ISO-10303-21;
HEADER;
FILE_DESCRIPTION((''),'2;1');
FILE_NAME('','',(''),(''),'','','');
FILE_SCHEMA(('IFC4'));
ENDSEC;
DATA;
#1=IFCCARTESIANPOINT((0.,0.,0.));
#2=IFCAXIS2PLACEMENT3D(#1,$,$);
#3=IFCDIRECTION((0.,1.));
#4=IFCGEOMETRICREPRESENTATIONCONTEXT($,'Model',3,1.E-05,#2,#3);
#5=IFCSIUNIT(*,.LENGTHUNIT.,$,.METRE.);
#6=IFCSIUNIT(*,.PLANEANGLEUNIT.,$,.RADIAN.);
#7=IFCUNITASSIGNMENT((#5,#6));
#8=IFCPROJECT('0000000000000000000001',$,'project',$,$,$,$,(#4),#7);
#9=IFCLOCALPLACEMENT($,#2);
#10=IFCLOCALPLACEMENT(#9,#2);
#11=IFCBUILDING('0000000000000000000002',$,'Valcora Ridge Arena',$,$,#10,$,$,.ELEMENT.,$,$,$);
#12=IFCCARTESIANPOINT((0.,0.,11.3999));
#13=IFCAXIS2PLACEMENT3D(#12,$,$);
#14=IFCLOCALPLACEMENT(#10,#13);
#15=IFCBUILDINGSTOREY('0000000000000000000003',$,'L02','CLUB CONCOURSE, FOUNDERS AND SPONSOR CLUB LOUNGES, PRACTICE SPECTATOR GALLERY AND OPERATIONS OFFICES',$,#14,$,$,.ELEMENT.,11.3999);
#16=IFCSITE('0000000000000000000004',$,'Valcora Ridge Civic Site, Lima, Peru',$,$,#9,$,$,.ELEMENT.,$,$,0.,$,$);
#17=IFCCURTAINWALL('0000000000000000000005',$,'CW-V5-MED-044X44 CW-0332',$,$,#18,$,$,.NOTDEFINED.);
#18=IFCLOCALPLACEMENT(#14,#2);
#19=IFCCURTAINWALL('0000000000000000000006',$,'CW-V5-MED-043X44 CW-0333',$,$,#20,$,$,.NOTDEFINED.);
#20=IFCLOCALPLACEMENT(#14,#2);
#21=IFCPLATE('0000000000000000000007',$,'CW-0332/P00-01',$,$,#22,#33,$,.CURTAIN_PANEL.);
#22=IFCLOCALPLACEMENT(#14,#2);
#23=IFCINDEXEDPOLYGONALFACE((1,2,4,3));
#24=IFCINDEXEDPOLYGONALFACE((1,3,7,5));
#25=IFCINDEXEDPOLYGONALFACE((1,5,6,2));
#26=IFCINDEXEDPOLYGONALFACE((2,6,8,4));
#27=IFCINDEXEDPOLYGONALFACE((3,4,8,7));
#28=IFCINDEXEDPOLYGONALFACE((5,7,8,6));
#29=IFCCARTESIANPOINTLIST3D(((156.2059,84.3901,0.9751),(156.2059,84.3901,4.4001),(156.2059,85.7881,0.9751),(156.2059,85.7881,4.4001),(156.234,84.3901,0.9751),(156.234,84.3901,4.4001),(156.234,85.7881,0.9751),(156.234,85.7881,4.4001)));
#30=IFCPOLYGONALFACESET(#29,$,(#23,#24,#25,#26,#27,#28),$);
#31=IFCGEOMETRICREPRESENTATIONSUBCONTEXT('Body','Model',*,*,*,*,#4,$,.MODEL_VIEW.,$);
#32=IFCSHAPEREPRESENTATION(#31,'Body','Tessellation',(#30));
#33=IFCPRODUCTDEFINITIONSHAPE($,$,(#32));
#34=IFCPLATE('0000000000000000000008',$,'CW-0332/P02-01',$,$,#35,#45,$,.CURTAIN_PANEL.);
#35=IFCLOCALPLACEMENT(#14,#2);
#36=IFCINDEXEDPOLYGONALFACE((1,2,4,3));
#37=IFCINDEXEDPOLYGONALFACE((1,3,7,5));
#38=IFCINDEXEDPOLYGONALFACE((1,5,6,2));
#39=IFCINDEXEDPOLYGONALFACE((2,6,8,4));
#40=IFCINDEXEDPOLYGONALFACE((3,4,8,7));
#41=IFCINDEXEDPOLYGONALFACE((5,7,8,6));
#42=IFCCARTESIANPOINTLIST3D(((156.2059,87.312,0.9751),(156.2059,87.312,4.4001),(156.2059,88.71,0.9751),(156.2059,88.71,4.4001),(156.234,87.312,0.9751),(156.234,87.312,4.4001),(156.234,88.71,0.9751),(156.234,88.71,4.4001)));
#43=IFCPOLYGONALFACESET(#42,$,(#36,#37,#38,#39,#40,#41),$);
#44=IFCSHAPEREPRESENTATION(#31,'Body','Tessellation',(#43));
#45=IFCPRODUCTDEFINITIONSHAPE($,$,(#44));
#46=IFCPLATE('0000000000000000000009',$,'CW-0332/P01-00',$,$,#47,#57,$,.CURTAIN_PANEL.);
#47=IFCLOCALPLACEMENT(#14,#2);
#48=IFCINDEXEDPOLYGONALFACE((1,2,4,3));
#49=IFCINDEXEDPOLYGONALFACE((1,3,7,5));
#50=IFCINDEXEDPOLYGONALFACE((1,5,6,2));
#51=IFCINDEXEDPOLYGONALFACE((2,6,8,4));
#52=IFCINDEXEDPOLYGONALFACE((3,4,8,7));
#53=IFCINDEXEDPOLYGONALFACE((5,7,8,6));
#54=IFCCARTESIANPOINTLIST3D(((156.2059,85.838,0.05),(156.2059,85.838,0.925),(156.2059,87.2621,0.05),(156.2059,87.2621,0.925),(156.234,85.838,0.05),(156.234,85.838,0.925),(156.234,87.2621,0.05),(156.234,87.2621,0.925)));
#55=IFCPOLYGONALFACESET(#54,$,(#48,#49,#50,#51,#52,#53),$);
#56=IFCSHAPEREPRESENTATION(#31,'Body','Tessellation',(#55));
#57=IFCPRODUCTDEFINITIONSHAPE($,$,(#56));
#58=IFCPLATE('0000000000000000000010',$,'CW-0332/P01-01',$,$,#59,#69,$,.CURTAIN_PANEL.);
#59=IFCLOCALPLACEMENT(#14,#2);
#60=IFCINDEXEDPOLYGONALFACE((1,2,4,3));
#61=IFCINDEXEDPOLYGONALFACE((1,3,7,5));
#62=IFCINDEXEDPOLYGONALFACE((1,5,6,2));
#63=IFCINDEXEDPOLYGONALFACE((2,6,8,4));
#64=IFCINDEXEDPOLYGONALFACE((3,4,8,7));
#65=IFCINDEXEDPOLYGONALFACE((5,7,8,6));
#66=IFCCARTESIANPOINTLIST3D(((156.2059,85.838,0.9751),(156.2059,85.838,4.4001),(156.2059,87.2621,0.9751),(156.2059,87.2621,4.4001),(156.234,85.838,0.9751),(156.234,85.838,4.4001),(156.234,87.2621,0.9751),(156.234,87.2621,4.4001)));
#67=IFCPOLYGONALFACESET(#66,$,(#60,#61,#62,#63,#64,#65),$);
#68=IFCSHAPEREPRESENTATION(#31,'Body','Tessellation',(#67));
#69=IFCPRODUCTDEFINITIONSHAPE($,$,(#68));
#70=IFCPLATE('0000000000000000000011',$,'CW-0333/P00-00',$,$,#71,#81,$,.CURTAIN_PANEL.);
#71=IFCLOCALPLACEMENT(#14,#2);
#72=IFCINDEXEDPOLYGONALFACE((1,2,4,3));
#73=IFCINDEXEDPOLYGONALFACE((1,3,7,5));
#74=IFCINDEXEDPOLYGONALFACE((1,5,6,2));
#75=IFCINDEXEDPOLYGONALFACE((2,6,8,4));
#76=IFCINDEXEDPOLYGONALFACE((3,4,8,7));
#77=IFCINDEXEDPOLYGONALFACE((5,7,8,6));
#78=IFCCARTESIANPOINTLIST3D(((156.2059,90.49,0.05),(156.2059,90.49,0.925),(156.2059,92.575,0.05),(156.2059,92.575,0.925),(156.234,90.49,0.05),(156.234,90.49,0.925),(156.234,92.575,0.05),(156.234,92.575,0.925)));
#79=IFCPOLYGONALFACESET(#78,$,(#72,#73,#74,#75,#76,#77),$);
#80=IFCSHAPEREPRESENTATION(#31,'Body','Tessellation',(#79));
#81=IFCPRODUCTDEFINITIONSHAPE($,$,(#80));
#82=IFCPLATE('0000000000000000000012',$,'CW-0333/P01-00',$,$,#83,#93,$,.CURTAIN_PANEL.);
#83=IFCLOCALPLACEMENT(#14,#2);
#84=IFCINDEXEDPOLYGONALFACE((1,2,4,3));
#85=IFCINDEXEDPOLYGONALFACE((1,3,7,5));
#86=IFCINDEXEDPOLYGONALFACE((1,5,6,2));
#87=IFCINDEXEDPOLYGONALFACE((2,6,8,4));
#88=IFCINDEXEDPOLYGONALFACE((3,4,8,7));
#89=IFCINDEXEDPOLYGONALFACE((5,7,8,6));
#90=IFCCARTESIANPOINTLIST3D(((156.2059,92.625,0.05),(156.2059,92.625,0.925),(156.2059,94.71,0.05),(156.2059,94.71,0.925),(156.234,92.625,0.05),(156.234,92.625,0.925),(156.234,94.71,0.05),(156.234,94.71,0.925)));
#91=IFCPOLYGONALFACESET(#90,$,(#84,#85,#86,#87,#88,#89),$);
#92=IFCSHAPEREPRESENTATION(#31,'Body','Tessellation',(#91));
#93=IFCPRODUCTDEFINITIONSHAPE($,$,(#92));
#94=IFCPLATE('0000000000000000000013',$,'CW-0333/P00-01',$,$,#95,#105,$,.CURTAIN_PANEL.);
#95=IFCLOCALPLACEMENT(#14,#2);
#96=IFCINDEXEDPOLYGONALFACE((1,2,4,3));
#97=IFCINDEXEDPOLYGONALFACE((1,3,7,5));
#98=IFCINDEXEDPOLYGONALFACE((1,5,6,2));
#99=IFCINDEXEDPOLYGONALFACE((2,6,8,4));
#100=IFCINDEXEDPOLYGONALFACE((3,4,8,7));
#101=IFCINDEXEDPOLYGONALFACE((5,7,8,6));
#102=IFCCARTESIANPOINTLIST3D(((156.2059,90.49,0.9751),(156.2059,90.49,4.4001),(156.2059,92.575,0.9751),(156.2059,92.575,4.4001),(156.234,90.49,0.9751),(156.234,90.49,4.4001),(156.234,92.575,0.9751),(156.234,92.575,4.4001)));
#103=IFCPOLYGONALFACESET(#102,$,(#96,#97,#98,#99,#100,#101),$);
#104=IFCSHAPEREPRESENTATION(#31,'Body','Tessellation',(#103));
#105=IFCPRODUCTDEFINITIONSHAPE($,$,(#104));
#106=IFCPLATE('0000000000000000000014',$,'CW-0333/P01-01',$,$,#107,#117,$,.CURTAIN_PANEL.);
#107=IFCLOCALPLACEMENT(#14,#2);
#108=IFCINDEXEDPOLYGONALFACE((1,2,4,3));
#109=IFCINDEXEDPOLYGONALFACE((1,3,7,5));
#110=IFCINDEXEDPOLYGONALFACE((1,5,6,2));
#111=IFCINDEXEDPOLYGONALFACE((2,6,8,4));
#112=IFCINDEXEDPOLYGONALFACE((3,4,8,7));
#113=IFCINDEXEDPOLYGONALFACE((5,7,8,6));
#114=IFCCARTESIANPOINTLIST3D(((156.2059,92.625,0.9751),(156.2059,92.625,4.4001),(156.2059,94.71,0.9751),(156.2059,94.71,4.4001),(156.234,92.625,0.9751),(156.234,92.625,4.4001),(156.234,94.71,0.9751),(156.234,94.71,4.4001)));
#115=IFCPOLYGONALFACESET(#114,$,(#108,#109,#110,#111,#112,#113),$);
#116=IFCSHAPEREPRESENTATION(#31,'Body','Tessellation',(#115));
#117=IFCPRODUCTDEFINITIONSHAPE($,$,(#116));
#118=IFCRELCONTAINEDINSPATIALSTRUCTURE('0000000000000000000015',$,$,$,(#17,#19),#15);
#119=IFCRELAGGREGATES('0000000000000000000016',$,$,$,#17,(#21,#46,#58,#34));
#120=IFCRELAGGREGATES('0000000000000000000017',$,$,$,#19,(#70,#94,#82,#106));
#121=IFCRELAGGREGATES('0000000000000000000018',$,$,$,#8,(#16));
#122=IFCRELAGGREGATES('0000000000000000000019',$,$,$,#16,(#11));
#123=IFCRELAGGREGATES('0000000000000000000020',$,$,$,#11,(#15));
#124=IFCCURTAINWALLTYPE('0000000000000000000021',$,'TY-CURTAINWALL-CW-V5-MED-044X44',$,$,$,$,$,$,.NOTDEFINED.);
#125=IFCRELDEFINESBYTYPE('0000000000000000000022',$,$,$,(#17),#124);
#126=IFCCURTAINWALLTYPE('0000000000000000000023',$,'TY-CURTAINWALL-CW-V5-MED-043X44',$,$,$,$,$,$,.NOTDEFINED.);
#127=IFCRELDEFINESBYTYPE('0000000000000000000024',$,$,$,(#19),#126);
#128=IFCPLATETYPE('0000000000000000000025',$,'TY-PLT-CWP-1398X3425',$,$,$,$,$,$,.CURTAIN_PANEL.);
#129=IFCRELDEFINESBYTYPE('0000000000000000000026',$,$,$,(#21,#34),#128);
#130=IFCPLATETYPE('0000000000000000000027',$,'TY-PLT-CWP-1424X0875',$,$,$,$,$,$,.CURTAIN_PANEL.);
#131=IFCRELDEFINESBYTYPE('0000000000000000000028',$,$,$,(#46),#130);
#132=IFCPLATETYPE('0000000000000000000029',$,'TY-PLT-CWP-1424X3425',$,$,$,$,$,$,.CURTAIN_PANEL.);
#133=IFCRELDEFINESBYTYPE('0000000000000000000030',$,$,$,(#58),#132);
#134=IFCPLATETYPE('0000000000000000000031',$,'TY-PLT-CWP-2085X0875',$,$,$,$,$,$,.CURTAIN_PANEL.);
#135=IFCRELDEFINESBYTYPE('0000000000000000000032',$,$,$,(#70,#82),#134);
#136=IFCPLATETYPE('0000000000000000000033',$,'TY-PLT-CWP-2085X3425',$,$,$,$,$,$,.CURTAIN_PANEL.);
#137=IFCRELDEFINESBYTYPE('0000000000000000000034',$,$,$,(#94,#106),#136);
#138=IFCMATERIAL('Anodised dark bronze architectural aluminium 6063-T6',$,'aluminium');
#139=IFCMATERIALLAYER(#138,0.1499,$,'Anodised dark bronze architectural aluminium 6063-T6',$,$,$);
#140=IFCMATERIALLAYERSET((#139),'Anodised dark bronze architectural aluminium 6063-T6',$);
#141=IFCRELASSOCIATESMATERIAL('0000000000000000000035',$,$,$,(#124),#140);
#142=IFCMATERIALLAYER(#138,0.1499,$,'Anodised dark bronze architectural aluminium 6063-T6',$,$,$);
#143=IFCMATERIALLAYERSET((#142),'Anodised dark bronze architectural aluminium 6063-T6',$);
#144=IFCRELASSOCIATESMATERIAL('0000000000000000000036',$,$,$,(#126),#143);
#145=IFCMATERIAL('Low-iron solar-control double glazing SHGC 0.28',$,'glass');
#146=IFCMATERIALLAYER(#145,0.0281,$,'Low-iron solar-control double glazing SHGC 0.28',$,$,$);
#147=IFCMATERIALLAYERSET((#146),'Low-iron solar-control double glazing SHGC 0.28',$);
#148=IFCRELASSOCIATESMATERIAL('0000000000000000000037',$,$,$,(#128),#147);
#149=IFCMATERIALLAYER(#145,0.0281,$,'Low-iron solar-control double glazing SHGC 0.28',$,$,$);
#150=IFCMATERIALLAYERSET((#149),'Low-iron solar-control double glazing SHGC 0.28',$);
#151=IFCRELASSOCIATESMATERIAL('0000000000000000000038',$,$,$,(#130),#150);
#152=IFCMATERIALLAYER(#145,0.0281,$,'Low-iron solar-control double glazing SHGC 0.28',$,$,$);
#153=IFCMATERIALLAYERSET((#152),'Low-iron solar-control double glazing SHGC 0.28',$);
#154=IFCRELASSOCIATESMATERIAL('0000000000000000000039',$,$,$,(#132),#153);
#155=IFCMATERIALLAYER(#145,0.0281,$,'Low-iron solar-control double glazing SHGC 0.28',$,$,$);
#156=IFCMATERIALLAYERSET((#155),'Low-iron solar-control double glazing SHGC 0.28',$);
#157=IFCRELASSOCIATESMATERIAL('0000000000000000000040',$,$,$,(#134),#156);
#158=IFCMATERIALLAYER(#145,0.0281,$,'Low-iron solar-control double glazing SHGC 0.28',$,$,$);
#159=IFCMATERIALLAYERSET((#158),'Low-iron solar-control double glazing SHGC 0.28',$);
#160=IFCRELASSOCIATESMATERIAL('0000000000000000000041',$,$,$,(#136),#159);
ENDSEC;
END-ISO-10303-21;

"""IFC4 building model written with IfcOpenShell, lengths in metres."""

from ifc_helpers import new_model, si_unit, direction, frame, origin, origin_2d, place, context, subcontext, project, spatial, rectangle, extrude, material, layer, layer_set, type_object, element, aggregate, save


model = new_model("IFC4")

# Units and contexts
model_context = context("Model", 3, precision=1e-05, world=origin(), true_north=direction((0.0, 1.0)))
body_context = subcontext(model_context, "Body", "Model", "MODEL_VIEW")
ifc_project = project(units=[si_unit("LENGTHUNIT", "METRE"), si_unit("PLANEANGLEUNIT", "RADIAN")], contexts=[model_context])

# Site, building, storey
site_placement = place(None, origin())
site = spatial("IfcSite", under=ifc_project, at=site_placement, Name="Valcora Ridge Civic Site, Lima, Peru", CompositionType="ELEMENT", RefElevation=0.0)
building_placement = place(site_placement, origin())
building = spatial("IfcBuilding", under=site, at=building_placement, Name="Valcora Ridge Arena", CompositionType="ELEMENT")
storey_placement = place(building_placement, frame((0.0, 0.0, 11.3999)))
storey = spatial("IfcBuildingStorey", under=building, at=storey_placement, Name="L02", Description="CLUB CONCOURSE, FOUNDERS AND SPONSOR CLUB LOUNGES, PRACTICE SPECTATOR GALLERY AND OPERATIONS OFFICES", CompositionType="ELEMENT", Elevation=11.3999)

# Curtain walls
ifc_material_1 = material(Name="Anodised dark bronze architectural aluminium 6063-T6", Category="aluminium")
ifc_layer_1 = layer(ifc_material_1, 0.1499, Name="Anodised dark bronze architectural aluminium 6063-T6")
ifc_layer_set_1 = layer_set([ifc_layer_1], Name="Anodised dark bronze architectural aluminium 6063-T6")
curtain_wall_type_1 = type_object("IfcCurtainWallType", Name="TY-CURTAINWALL-CW-V5-MED-044X44", PredefinedType="NOTDEFINED", material=ifc_layer_set_1)
curtain_wall_1_placement = place(storey_placement, origin())
curtain_wall_1 = element("IfcCurtainWall", 1, at=curtain_wall_1_placement, inside=storey, type_object=curtain_wall_type_1, Name="CW-V5-MED-044X44 CW-0332", PredefinedType="NOTDEFINED")
ifc_layer_2 = layer(ifc_material_1, 0.1499, Name="Anodised dark bronze architectural aluminium 6063-T6")
ifc_layer_set_2 = layer_set([ifc_layer_2], Name="Anodised dark bronze architectural aluminium 6063-T6")
curtain_wall_type_2 = type_object("IfcCurtainWallType", Name="TY-CURTAINWALL-CW-V5-MED-043X44", PredefinedType="NOTDEFINED", material=ifc_layer_set_2)
curtain_wall_2_placement = place(storey_placement, origin())
curtain_wall_2 = element("IfcCurtainWall", 2, at=curtain_wall_2_placement, inside=storey, type_object=curtain_wall_type_2, Name="CW-V5-MED-043X44 CW-0333", PredefinedType="NOTDEFINED")

# Plates
ifc_material_2 = material(Name="Low-iron solar-control double glazing SHGC 0.28", Category="glass")
ifc_layer_3 = layer(ifc_material_2, 0.0281, Name="Low-iron solar-control double glazing SHGC 0.28")
ifc_layer_set_3 = layer_set([ifc_layer_3], Name="Low-iron solar-control double glazing SHGC 0.28")
plate_type_1 = type_object("IfcPlateType", Name="TY-PLT-CWP-1398X3425", PredefinedType="CURTAIN_PANEL", material=ifc_layer_set_3)
plate_1_placement = place(storey_placement, frame((156.22, 85.0891, 0.9751), z_axis=(0.0, 0.0, 1.0), x_axis=(0.0, 1.0, 0.0)))
plate_1 = element("IfcPlate", 3, at=plate_1_placement, type_object=plate_type_1, Name="CW-0332/P00-01", PredefinedType="CURTAIN_PANEL", context=body_context, shape_type="SweptSolid", body=[
    extrude(rectangle(XDim=1.3979, YDim=0.0281, at=origin_2d()), origin(), (0.0, 0.0, 1.0), 3.425),
])
plate_2_placement = place(storey_placement, frame((156.22, 88.011, 0.9751), z_axis=(0.0, 0.0, 1.0), x_axis=(0.0, 1.0, 0.0)))
plate_2 = element("IfcPlate", 4, at=plate_2_placement, type_object=plate_type_1, Name="CW-0332/P02-01", PredefinedType="CURTAIN_PANEL", context=body_context, shape_type="SweptSolid", body=[
    extrude(rectangle(XDim=1.3979, YDim=0.0281, at=origin_2d()), origin(), (0.0, 0.0, 1.0), 3.425),
])
ifc_layer_4 = layer(ifc_material_2, 0.0281, Name="Low-iron solar-control double glazing SHGC 0.28")
ifc_layer_set_4 = layer_set([ifc_layer_4], Name="Low-iron solar-control double glazing SHGC 0.28")
plate_type_2 = type_object("IfcPlateType", Name="TY-PLT-CWP-1424X0875", PredefinedType="CURTAIN_PANEL", material=ifc_layer_set_4)
plate_3_placement = place(storey_placement, frame((156.22, 86.55, 0.05), z_axis=(0.0, 0.0, 1.0), x_axis=(0.0, 1.0, 0.0)))
plate_3 = element("IfcPlate", 5, at=plate_3_placement, type_object=plate_type_2, Name="CW-0332/P01-00", PredefinedType="CURTAIN_PANEL", context=body_context, shape_type="SweptSolid", body=[
    extrude(rectangle(XDim=1.4241, YDim=0.0281, at=origin_2d()), origin(), (0.0, 0.0, 1.0), 0.875),
])
ifc_layer_5 = layer(ifc_material_2, 0.0281, Name="Low-iron solar-control double glazing SHGC 0.28")
ifc_layer_set_5 = layer_set([ifc_layer_5], Name="Low-iron solar-control double glazing SHGC 0.28")
plate_type_3 = type_object("IfcPlateType", Name="TY-PLT-CWP-1424X3425", PredefinedType="CURTAIN_PANEL", material=ifc_layer_set_5)
plate_4_placement = place(storey_placement, frame((156.22, 86.55, 0.9751), z_axis=(0.0, 0.0, 1.0), x_axis=(0.0, 1.0, 0.0)))
plate_4 = element("IfcPlate", 6, at=plate_4_placement, type_object=plate_type_3, Name="CW-0332/P01-01", PredefinedType="CURTAIN_PANEL", context=body_context, shape_type="SweptSolid", body=[
    extrude(rectangle(XDim=1.4241, YDim=0.0281, at=origin_2d()), origin(), (0.0, 0.0, 1.0), 3.425),
])
aggregate(curtain_wall_1, [plate_1, plate_3, plate_4, plate_2])
ifc_layer_6 = layer(ifc_material_2, 0.0281, Name="Low-iron solar-control double glazing SHGC 0.28")
ifc_layer_set_6 = layer_set([ifc_layer_6], Name="Low-iron solar-control double glazing SHGC 0.28")
plate_type_4 = type_object("IfcPlateType", Name="TY-PLT-CWP-2085X0875", PredefinedType="CURTAIN_PANEL", material=ifc_layer_set_6)
plate_5_placement = place(storey_placement, frame((156.22, 91.5325, 0.05), z_axis=(0.0, 0.0, 1.0), x_axis=(0.0, 1.0, 0.0)))
plate_5 = element("IfcPlate", 7, at=plate_5_placement, type_object=plate_type_4, Name="CW-0333/P00-00", PredefinedType="CURTAIN_PANEL", context=body_context, shape_type="SweptSolid", body=[
    extrude(rectangle(XDim=2.085, YDim=0.0281, at=origin_2d()), origin(), (0.0, 0.0, 1.0), 0.875),
])
plate_6_placement = place(storey_placement, frame((156.22, 93.6675, 0.05), z_axis=(0.0, 0.0, 1.0), x_axis=(0.0, 1.0, 0.0)))
plate_6 = element("IfcPlate", 8, at=plate_6_placement, type_object=plate_type_4, Name="CW-0333/P01-00", PredefinedType="CURTAIN_PANEL", context=body_context, shape_type="SweptSolid", body=[
    extrude(rectangle(XDim=2.085, YDim=0.0281, at=origin_2d()), origin(), (0.0, 0.0, 1.0), 0.875),
])
ifc_layer_7 = layer(ifc_material_2, 0.0281, Name="Low-iron solar-control double glazing SHGC 0.28")
ifc_layer_set_7 = layer_set([ifc_layer_7], Name="Low-iron solar-control double glazing SHGC 0.28")
plate_type_5 = type_object("IfcPlateType", Name="TY-PLT-CWP-2085X3425", PredefinedType="CURTAIN_PANEL", material=ifc_layer_set_7)
plate_7_placement = place(storey_placement, frame((156.22, 91.5325, 0.9751), z_axis=(0.0, 0.0, 1.0), x_axis=(0.0, 1.0, 0.0)))
plate_7 = element("IfcPlate", 9, at=plate_7_placement, type_object=plate_type_5, Name="CW-0333/P00-01", PredefinedType="CURTAIN_PANEL", context=body_context, shape_type="SweptSolid", body=[
    extrude(rectangle(XDim=2.085, YDim=0.0281, at=origin_2d()), origin(), (0.0, 0.0, 1.0), 3.425),
])
plate_8_placement = place(storey_placement, frame((156.22, 93.6675, 0.9751), z_axis=(0.0, 0.0, 1.0), x_axis=(0.0, 1.0, 0.0)))
plate_8 = element("IfcPlate", 10, at=plate_8_placement, type_object=plate_type_5, Name="CW-0333/P01-01", PredefinedType="CURTAIN_PANEL", context=body_context, shape_type="SweptSolid", body=[
    extrude(rectangle(XDim=2.085, YDim=0.0281, at=origin_2d()), origin(), (0.0, 0.0, 1.0), 3.425),
])
aggregate(curtain_wall_2, [plate_5, plate_7, plate_6, plate_8])

save(model, "model.ifc")
